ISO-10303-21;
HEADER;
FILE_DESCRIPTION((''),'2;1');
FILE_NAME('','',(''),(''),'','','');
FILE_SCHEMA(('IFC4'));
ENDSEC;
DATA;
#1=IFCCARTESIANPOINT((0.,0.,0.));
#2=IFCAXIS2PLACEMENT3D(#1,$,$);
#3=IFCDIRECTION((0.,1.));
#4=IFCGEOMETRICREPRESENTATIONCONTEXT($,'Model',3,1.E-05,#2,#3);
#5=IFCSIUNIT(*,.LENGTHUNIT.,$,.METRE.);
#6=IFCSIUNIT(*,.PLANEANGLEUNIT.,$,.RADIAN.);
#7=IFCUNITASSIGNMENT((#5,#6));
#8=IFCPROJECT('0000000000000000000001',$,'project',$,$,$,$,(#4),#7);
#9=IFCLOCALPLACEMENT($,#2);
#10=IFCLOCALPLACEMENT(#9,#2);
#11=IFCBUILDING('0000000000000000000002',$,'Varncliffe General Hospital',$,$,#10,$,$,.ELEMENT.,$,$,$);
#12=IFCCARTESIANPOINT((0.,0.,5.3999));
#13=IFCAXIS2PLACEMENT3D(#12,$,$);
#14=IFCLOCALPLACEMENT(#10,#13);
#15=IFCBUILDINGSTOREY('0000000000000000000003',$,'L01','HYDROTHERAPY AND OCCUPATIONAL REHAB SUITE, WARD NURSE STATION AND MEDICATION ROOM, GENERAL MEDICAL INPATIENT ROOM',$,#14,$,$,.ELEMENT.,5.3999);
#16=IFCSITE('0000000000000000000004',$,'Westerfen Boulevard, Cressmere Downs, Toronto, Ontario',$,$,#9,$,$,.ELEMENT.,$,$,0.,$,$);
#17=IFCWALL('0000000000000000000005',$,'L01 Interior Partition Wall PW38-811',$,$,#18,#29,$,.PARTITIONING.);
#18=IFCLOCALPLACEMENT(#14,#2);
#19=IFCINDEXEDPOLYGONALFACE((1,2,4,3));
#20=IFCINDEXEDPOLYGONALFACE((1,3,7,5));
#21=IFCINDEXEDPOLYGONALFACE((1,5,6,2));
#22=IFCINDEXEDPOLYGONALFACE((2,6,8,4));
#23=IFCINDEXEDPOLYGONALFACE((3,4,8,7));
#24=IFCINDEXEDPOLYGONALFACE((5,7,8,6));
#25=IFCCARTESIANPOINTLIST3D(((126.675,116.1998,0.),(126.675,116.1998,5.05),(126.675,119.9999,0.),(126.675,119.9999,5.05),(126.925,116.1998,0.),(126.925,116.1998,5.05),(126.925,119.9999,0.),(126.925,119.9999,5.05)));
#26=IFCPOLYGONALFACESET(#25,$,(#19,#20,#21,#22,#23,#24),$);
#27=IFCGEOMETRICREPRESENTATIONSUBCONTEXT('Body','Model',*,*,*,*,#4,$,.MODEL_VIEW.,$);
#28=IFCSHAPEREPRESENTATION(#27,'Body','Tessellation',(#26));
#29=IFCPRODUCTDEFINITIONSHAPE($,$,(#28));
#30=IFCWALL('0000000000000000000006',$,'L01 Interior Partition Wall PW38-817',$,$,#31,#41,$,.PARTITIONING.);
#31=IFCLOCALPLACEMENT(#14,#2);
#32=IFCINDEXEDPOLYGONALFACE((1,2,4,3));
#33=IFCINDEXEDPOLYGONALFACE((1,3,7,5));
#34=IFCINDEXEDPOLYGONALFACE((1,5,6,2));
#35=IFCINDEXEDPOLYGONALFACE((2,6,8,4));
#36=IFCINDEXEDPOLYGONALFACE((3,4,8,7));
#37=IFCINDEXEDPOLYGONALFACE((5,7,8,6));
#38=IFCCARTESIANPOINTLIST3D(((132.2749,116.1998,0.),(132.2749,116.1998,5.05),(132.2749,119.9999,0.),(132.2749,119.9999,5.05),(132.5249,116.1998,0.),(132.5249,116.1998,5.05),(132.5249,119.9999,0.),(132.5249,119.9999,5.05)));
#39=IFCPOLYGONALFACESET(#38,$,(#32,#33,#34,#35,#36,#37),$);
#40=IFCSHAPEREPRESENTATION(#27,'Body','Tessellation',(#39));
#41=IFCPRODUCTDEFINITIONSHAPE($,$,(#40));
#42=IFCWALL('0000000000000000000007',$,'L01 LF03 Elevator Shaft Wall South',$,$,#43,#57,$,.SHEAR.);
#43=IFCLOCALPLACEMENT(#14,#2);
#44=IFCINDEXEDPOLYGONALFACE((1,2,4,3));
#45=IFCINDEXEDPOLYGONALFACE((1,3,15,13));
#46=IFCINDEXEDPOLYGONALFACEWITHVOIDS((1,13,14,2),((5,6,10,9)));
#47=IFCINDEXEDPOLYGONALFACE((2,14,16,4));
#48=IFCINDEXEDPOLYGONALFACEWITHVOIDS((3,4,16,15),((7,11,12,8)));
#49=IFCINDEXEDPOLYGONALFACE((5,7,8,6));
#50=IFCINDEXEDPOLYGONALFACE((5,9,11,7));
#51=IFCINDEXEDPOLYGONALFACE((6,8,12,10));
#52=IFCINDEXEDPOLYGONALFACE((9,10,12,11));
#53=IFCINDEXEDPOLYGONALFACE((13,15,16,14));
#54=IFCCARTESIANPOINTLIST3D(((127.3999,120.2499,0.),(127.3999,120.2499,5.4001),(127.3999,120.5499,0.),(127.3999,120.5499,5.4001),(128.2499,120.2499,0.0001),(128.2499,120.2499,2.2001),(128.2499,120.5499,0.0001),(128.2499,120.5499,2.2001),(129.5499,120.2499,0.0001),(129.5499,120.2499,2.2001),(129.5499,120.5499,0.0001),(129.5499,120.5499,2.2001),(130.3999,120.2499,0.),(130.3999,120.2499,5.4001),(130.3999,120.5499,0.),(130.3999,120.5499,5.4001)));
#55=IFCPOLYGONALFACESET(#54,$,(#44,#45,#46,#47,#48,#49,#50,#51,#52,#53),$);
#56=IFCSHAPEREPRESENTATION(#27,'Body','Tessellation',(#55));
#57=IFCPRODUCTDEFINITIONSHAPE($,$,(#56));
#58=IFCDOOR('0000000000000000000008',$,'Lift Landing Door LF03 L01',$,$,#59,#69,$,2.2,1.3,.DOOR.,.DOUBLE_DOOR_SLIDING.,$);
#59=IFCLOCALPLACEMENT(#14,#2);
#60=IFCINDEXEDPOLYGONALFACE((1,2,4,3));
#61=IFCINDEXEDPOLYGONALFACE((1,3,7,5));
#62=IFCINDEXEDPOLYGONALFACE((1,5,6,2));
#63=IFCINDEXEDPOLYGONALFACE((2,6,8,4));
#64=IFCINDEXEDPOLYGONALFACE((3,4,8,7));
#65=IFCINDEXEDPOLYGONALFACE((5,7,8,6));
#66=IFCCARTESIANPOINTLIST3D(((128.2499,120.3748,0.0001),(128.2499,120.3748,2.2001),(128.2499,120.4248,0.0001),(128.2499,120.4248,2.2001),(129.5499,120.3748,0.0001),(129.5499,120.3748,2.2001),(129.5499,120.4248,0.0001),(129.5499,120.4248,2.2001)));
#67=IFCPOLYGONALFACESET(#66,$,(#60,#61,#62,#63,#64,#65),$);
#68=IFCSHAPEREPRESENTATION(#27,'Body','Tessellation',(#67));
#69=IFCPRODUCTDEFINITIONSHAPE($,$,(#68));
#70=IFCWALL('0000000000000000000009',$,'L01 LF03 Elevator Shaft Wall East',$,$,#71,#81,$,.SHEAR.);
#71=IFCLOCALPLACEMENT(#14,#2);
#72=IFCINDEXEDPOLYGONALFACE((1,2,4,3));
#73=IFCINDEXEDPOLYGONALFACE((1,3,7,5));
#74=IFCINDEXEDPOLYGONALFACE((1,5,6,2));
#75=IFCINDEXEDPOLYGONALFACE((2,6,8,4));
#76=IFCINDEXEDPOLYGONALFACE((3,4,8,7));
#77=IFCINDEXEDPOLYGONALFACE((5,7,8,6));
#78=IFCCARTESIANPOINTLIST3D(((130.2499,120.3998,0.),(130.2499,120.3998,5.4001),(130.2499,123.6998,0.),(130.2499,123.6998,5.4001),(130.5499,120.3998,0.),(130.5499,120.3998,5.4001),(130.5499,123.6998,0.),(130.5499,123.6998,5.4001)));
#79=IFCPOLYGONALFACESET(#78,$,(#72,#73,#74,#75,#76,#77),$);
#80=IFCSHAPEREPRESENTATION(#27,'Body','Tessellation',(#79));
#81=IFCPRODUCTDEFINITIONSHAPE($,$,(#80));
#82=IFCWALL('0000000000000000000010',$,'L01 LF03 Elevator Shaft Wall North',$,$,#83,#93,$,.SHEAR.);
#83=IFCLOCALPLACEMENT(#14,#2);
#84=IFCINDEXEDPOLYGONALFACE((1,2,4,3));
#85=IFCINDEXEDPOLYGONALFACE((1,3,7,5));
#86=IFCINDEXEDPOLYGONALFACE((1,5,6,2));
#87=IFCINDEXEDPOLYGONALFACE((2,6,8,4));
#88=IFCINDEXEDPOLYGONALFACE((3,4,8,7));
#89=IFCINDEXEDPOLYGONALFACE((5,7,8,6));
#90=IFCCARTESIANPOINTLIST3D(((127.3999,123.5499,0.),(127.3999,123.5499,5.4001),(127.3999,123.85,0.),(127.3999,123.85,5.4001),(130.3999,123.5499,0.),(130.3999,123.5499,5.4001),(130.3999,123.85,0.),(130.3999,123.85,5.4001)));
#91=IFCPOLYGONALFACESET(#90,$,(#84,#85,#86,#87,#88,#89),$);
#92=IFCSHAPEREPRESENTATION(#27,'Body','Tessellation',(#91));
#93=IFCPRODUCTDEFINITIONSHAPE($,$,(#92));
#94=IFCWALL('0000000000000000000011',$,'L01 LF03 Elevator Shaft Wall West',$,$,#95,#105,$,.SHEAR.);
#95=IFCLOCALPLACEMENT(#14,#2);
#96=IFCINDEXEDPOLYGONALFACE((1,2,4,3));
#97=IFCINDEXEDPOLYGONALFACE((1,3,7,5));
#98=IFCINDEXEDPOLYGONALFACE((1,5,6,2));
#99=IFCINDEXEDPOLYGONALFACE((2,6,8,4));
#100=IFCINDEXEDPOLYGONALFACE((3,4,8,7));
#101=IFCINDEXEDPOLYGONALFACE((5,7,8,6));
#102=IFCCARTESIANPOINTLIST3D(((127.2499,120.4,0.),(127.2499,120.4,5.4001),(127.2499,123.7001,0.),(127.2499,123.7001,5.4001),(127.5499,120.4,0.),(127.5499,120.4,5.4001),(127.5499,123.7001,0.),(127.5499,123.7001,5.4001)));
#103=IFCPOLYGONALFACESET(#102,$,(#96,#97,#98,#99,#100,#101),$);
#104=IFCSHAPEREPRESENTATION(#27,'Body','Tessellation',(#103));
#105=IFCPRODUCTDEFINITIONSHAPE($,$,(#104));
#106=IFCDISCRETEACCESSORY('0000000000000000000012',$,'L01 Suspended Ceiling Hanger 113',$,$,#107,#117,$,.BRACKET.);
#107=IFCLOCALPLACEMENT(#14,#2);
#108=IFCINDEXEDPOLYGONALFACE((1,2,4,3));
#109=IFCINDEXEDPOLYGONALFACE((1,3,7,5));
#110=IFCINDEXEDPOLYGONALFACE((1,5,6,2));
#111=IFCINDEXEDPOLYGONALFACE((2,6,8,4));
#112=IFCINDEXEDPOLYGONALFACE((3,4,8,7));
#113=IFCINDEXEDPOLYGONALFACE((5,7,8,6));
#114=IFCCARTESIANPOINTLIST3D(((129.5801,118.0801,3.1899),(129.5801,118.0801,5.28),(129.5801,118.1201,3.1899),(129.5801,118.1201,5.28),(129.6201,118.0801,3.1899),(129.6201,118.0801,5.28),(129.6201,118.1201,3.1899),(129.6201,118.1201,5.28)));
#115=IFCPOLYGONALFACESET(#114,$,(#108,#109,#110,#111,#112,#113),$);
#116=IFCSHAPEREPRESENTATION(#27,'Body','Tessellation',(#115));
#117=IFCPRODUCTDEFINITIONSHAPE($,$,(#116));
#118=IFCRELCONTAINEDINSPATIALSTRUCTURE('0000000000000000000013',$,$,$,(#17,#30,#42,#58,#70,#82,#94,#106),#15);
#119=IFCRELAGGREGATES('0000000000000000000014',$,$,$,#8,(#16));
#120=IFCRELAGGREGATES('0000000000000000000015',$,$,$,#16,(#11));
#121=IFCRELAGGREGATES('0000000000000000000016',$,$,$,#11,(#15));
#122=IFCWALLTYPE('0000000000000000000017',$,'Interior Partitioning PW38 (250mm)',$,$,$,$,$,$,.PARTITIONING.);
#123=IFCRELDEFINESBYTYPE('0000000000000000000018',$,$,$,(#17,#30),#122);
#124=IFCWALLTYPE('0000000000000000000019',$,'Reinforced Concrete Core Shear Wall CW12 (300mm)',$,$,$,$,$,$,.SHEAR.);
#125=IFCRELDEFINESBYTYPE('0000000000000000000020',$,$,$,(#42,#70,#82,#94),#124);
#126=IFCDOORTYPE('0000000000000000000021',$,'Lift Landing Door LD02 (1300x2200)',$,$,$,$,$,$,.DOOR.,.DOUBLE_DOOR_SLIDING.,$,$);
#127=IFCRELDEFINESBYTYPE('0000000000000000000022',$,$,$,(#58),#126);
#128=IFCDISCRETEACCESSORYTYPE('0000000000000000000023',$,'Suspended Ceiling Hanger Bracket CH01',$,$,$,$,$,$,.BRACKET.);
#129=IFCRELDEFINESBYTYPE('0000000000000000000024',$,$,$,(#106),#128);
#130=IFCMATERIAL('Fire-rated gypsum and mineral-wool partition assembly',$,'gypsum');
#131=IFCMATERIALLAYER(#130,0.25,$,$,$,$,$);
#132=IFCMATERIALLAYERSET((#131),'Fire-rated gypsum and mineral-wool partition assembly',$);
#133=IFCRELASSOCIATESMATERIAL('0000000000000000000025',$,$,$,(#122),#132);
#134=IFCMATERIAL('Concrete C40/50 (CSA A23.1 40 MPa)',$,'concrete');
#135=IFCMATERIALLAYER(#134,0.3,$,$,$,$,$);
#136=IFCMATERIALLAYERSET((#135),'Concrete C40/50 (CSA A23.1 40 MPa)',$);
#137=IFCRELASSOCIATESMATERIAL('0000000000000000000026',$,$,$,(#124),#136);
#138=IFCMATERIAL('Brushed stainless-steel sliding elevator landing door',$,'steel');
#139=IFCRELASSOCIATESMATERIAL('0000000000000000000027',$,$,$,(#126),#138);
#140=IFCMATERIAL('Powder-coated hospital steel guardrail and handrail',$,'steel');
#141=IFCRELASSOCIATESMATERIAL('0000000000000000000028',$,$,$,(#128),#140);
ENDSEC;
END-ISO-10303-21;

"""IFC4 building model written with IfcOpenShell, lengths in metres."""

from ifc_helpers import new_model, si_unit, direction, frame, frame_2d, origin, origin_2d, place, context, subcontext, project, spatial, rectangle, extrude, material, layer, layer_set, type_object, element, fill, save


model = new_model("IFC4")

# Units and contexts
model_context = context("Model", 3, precision=1e-05, world=origin(), true_north=direction((0.0, 1.0)))
body_context = subcontext(model_context, "Body", "Model", "MODEL_VIEW")
ifc_project = project(units=[si_unit("LENGTHUNIT", "METRE"), si_unit("PLANEANGLEUNIT", "RADIAN")], contexts=[model_context])

# Site, building, storey
site_placement = place(None, origin())
site = spatial("IfcSite", under=ifc_project, at=site_placement, Name="Westerfen Boulevard, Cressmere Downs, Toronto, Ontario", CompositionType="ELEMENT", RefElevation=0.0)
building_placement = place(site_placement, origin())
building = spatial("IfcBuilding", under=site, at=building_placement, Name="Varncliffe General Hospital", CompositionType="ELEMENT")
storey_placement = place(building_placement, frame((0.0, 0.0, 5.3999)))
storey = spatial("IfcBuildingStorey", under=building, at=storey_placement, Name="L01", Description="HYDROTHERAPY AND OCCUPATIONAL REHAB SUITE, WARD NURSE STATION AND MEDICATION ROOM, GENERAL MEDICAL INPATIENT ROOM", CompositionType="ELEMENT", Elevation=5.3999)

# Shared definitions
ifc_material_1 = material(Name="Concrete C40/50 (CSA A23.1 40 MPa)", Category="concrete")

# Walls
ifc_material_2 = material(Name="Fire-rated gypsum and mineral-wool partition assembly", Category="gypsum")
ifc_layer_1 = layer(ifc_material_2, 0.25)
ifc_layer_set_1 = layer_set([ifc_layer_1], Name="Fire-rated gypsum and mineral-wool partition assembly")
wall_type_1 = type_object("IfcWallType", Name="Interior Partitioning PW38 (250mm)", PredefinedType="PARTITIONING", material=ifc_layer_set_1)
for number, where, z_axis, x_axis, name in (
    (1, (126.8, 116.2, 0.0), (0.0, 0.0, 1.0), (0.0, 1.0, 0.0), "L01 Interior Partition Wall PW38-811"),
    (2, (132.3999, 116.2, 0.0), (0.0, 0.0, 1.0), (0.0, 1.0, 0.0), "L01 Interior Partition Wall PW38-817"),
):
    element("IfcWall", number, at=place(storey_placement, frame(where, z_axis=z_axis, x_axis=x_axis)), inside=storey, type_object=wall_type_1, Name=name, PredefinedType="PARTITIONING", context=body_context, shape_type="SweptSolid", body=[
        extrude(rectangle(XDim=3.8, YDim=0.25, at=frame_2d((1.8999, 0.0))), origin(), (0.0, 0.0, 1.0), 5.05),
    ])

# Wall, opening, door
ifc_layer_2 = layer(ifc_material_1, 0.3)
ifc_layer_set_2 = layer_set([ifc_layer_2], Name="Concrete C40/50 (CSA A23.1 40 MPa)")
wall_type_2 = type_object("IfcWallType", Name="Reinforced Concrete Core Shear Wall CW12 (300mm)", PredefinedType="SHEAR", material=ifc_layer_set_2)
wall_1_placement = place(storey_placement, frame((127.3999, 120.3999, 0.0), z_axis=(0.0, 0.0, 1.0), x_axis=(1.0, 0.0, 0.0)))
wall_1 = element("IfcWall", 3, at=wall_1_placement, inside=storey, type_object=wall_type_2, Name="L01 LF03 Elevator Shaft Wall South", PredefinedType="SHEAR", context=body_context, shape_type="SweptSolid", body=[
    extrude(rectangle(XDim=3.0, YDim=0.3, at=frame_2d((1.5, 0.0))), origin(), (0.0, 0.0, 1.0), 5.4001),
])
opening_1_placement = place(wall_1_placement, frame((0.8501, 0.0, 0.0)))
opening_1 = element("IfcOpeningElement", 4, at=opening_1_placement, cuts=wall_1, PredefinedType="OPENING", context=body_context, shape_type="SweptSolid", body=[
    extrude(rectangle(XDim=1.3, YDim=2.2, at=frame_2d((0.6499, 1.1001))), frame((0.0, 0.1602, 0.0), z_axis=(0.0, -1.0, 0.0), x_axis=(1.0, 0.0, 0.0)), (0.0, 0.0, 1.0), 0.3201),
])
ifc_material_3 = material(Name="Brushed stainless-steel sliding elevator landing door", Category="steel")
door_type = type_object("IfcDoorType", Name="Lift Landing Door LD02 (1300x2200)", OperationType="DOUBLE_DOOR_SLIDING", PredefinedType="DOOR", material=ifc_material_3)
door_placement = place(opening_1_placement, origin())
door = element("IfcDoor", 5, at=door_placement, inside=storey, type_object=door_type, Name="Lift Landing Door LF03 L01", OperationType="DOUBLE_DOOR_SLIDING", OverallHeight=2.2, OverallWidth=1.3, PredefinedType="DOOR", context=body_context, shape_type="SweptSolid", body=[
    extrude(rectangle(XDim=1.3, YDim=2.2, at=frame_2d((0.6499, 1.1001))), frame((0.0, 0.0249, 0.0), z_axis=(0.0, -1.0, 0.0), x_axis=(1.0, 0.0, 0.0)), (0.0, 0.0, 1.0), 0.05),
])
fill(opening_1, door)

# Walls
wall_2_placement = place(storey_placement, frame((130.3999, 120.3999, 0.0), z_axis=(0.0, 0.0, 1.0), x_axis=(0.0, 1.0, 0.0)))
element("IfcWall", 6, at=wall_2_placement, inside=storey, type_object=wall_type_2, Name="L01 LF03 Elevator Shaft Wall East", PredefinedType="SHEAR", context=body_context, shape_type="SweptSolid", body=[
    extrude(rectangle(XDim=3.3, YDim=0.3, at=frame_2d((1.6499, 0.0))), origin(), (0.0, 0.0, 1.0), 5.4001),
])
wall_3_placement = place(storey_placement, frame((130.3999, 123.7, 0.0), z_axis=(0.0, 0.0, 1.0), x_axis=(-1.0, 0.0, 0.0)))
element("IfcWall", 7, at=wall_3_placement, inside=storey, type_object=wall_type_2, Name="L01 LF03 Elevator Shaft Wall North", PredefinedType="SHEAR", context=body_context, shape_type="SweptSolid", body=[
    extrude(rectangle(XDim=3.0, YDim=0.3, at=frame_2d((1.5, 0.0))), origin(), (0.0, 0.0, 1.0), 5.4001),
])
wall_4_placement = place(storey_placement, frame((127.3999, 123.7, 0.0), z_axis=(0.0, 0.0, 1.0), x_axis=(0.0, -1.0, 0.0)))
element("IfcWall", 8, at=wall_4_placement, inside=storey, type_object=wall_type_2, Name="L01 LF03 Elevator Shaft Wall West", PredefinedType="SHEAR", context=body_context, shape_type="SweptSolid", body=[
    extrude(rectangle(XDim=3.3, YDim=0.3, at=frame_2d((1.6499, 0.0))), origin(), (0.0, 0.0, 1.0), 5.4001),
])

# Discrete accessory
ifc_material_4 = material(Name="Powder-coated hospital steel guardrail and handrail", Category="steel")
discrete_accessory_type = type_object("IfcDiscreteAccessoryType", Name="Suspended Ceiling Hanger Bracket CH01", PredefinedType="BRACKET", material=ifc_material_4)
discrete_accessory_placement = place(storey_placement, frame((129.6001, 118.1001, 3.1899), z_axis=(0.0, 0.0, 1.0), x_axis=(1.0, 0.0, 0.0)))
element("IfcDiscreteAccessory", 9, at=discrete_accessory_placement, inside=storey, type_object=discrete_accessory_type, Name="L01 Suspended Ceiling Hanger 113", PredefinedType="BRACKET", context=body_context, shape_type="SweptSolid", body=[
    extrude(rectangle(XDim=0.04, YDim=0.04, at=origin_2d()), origin(), (0.0, 0.0, 1.0), 2.0901),
])

save(model, "model.ifc")
